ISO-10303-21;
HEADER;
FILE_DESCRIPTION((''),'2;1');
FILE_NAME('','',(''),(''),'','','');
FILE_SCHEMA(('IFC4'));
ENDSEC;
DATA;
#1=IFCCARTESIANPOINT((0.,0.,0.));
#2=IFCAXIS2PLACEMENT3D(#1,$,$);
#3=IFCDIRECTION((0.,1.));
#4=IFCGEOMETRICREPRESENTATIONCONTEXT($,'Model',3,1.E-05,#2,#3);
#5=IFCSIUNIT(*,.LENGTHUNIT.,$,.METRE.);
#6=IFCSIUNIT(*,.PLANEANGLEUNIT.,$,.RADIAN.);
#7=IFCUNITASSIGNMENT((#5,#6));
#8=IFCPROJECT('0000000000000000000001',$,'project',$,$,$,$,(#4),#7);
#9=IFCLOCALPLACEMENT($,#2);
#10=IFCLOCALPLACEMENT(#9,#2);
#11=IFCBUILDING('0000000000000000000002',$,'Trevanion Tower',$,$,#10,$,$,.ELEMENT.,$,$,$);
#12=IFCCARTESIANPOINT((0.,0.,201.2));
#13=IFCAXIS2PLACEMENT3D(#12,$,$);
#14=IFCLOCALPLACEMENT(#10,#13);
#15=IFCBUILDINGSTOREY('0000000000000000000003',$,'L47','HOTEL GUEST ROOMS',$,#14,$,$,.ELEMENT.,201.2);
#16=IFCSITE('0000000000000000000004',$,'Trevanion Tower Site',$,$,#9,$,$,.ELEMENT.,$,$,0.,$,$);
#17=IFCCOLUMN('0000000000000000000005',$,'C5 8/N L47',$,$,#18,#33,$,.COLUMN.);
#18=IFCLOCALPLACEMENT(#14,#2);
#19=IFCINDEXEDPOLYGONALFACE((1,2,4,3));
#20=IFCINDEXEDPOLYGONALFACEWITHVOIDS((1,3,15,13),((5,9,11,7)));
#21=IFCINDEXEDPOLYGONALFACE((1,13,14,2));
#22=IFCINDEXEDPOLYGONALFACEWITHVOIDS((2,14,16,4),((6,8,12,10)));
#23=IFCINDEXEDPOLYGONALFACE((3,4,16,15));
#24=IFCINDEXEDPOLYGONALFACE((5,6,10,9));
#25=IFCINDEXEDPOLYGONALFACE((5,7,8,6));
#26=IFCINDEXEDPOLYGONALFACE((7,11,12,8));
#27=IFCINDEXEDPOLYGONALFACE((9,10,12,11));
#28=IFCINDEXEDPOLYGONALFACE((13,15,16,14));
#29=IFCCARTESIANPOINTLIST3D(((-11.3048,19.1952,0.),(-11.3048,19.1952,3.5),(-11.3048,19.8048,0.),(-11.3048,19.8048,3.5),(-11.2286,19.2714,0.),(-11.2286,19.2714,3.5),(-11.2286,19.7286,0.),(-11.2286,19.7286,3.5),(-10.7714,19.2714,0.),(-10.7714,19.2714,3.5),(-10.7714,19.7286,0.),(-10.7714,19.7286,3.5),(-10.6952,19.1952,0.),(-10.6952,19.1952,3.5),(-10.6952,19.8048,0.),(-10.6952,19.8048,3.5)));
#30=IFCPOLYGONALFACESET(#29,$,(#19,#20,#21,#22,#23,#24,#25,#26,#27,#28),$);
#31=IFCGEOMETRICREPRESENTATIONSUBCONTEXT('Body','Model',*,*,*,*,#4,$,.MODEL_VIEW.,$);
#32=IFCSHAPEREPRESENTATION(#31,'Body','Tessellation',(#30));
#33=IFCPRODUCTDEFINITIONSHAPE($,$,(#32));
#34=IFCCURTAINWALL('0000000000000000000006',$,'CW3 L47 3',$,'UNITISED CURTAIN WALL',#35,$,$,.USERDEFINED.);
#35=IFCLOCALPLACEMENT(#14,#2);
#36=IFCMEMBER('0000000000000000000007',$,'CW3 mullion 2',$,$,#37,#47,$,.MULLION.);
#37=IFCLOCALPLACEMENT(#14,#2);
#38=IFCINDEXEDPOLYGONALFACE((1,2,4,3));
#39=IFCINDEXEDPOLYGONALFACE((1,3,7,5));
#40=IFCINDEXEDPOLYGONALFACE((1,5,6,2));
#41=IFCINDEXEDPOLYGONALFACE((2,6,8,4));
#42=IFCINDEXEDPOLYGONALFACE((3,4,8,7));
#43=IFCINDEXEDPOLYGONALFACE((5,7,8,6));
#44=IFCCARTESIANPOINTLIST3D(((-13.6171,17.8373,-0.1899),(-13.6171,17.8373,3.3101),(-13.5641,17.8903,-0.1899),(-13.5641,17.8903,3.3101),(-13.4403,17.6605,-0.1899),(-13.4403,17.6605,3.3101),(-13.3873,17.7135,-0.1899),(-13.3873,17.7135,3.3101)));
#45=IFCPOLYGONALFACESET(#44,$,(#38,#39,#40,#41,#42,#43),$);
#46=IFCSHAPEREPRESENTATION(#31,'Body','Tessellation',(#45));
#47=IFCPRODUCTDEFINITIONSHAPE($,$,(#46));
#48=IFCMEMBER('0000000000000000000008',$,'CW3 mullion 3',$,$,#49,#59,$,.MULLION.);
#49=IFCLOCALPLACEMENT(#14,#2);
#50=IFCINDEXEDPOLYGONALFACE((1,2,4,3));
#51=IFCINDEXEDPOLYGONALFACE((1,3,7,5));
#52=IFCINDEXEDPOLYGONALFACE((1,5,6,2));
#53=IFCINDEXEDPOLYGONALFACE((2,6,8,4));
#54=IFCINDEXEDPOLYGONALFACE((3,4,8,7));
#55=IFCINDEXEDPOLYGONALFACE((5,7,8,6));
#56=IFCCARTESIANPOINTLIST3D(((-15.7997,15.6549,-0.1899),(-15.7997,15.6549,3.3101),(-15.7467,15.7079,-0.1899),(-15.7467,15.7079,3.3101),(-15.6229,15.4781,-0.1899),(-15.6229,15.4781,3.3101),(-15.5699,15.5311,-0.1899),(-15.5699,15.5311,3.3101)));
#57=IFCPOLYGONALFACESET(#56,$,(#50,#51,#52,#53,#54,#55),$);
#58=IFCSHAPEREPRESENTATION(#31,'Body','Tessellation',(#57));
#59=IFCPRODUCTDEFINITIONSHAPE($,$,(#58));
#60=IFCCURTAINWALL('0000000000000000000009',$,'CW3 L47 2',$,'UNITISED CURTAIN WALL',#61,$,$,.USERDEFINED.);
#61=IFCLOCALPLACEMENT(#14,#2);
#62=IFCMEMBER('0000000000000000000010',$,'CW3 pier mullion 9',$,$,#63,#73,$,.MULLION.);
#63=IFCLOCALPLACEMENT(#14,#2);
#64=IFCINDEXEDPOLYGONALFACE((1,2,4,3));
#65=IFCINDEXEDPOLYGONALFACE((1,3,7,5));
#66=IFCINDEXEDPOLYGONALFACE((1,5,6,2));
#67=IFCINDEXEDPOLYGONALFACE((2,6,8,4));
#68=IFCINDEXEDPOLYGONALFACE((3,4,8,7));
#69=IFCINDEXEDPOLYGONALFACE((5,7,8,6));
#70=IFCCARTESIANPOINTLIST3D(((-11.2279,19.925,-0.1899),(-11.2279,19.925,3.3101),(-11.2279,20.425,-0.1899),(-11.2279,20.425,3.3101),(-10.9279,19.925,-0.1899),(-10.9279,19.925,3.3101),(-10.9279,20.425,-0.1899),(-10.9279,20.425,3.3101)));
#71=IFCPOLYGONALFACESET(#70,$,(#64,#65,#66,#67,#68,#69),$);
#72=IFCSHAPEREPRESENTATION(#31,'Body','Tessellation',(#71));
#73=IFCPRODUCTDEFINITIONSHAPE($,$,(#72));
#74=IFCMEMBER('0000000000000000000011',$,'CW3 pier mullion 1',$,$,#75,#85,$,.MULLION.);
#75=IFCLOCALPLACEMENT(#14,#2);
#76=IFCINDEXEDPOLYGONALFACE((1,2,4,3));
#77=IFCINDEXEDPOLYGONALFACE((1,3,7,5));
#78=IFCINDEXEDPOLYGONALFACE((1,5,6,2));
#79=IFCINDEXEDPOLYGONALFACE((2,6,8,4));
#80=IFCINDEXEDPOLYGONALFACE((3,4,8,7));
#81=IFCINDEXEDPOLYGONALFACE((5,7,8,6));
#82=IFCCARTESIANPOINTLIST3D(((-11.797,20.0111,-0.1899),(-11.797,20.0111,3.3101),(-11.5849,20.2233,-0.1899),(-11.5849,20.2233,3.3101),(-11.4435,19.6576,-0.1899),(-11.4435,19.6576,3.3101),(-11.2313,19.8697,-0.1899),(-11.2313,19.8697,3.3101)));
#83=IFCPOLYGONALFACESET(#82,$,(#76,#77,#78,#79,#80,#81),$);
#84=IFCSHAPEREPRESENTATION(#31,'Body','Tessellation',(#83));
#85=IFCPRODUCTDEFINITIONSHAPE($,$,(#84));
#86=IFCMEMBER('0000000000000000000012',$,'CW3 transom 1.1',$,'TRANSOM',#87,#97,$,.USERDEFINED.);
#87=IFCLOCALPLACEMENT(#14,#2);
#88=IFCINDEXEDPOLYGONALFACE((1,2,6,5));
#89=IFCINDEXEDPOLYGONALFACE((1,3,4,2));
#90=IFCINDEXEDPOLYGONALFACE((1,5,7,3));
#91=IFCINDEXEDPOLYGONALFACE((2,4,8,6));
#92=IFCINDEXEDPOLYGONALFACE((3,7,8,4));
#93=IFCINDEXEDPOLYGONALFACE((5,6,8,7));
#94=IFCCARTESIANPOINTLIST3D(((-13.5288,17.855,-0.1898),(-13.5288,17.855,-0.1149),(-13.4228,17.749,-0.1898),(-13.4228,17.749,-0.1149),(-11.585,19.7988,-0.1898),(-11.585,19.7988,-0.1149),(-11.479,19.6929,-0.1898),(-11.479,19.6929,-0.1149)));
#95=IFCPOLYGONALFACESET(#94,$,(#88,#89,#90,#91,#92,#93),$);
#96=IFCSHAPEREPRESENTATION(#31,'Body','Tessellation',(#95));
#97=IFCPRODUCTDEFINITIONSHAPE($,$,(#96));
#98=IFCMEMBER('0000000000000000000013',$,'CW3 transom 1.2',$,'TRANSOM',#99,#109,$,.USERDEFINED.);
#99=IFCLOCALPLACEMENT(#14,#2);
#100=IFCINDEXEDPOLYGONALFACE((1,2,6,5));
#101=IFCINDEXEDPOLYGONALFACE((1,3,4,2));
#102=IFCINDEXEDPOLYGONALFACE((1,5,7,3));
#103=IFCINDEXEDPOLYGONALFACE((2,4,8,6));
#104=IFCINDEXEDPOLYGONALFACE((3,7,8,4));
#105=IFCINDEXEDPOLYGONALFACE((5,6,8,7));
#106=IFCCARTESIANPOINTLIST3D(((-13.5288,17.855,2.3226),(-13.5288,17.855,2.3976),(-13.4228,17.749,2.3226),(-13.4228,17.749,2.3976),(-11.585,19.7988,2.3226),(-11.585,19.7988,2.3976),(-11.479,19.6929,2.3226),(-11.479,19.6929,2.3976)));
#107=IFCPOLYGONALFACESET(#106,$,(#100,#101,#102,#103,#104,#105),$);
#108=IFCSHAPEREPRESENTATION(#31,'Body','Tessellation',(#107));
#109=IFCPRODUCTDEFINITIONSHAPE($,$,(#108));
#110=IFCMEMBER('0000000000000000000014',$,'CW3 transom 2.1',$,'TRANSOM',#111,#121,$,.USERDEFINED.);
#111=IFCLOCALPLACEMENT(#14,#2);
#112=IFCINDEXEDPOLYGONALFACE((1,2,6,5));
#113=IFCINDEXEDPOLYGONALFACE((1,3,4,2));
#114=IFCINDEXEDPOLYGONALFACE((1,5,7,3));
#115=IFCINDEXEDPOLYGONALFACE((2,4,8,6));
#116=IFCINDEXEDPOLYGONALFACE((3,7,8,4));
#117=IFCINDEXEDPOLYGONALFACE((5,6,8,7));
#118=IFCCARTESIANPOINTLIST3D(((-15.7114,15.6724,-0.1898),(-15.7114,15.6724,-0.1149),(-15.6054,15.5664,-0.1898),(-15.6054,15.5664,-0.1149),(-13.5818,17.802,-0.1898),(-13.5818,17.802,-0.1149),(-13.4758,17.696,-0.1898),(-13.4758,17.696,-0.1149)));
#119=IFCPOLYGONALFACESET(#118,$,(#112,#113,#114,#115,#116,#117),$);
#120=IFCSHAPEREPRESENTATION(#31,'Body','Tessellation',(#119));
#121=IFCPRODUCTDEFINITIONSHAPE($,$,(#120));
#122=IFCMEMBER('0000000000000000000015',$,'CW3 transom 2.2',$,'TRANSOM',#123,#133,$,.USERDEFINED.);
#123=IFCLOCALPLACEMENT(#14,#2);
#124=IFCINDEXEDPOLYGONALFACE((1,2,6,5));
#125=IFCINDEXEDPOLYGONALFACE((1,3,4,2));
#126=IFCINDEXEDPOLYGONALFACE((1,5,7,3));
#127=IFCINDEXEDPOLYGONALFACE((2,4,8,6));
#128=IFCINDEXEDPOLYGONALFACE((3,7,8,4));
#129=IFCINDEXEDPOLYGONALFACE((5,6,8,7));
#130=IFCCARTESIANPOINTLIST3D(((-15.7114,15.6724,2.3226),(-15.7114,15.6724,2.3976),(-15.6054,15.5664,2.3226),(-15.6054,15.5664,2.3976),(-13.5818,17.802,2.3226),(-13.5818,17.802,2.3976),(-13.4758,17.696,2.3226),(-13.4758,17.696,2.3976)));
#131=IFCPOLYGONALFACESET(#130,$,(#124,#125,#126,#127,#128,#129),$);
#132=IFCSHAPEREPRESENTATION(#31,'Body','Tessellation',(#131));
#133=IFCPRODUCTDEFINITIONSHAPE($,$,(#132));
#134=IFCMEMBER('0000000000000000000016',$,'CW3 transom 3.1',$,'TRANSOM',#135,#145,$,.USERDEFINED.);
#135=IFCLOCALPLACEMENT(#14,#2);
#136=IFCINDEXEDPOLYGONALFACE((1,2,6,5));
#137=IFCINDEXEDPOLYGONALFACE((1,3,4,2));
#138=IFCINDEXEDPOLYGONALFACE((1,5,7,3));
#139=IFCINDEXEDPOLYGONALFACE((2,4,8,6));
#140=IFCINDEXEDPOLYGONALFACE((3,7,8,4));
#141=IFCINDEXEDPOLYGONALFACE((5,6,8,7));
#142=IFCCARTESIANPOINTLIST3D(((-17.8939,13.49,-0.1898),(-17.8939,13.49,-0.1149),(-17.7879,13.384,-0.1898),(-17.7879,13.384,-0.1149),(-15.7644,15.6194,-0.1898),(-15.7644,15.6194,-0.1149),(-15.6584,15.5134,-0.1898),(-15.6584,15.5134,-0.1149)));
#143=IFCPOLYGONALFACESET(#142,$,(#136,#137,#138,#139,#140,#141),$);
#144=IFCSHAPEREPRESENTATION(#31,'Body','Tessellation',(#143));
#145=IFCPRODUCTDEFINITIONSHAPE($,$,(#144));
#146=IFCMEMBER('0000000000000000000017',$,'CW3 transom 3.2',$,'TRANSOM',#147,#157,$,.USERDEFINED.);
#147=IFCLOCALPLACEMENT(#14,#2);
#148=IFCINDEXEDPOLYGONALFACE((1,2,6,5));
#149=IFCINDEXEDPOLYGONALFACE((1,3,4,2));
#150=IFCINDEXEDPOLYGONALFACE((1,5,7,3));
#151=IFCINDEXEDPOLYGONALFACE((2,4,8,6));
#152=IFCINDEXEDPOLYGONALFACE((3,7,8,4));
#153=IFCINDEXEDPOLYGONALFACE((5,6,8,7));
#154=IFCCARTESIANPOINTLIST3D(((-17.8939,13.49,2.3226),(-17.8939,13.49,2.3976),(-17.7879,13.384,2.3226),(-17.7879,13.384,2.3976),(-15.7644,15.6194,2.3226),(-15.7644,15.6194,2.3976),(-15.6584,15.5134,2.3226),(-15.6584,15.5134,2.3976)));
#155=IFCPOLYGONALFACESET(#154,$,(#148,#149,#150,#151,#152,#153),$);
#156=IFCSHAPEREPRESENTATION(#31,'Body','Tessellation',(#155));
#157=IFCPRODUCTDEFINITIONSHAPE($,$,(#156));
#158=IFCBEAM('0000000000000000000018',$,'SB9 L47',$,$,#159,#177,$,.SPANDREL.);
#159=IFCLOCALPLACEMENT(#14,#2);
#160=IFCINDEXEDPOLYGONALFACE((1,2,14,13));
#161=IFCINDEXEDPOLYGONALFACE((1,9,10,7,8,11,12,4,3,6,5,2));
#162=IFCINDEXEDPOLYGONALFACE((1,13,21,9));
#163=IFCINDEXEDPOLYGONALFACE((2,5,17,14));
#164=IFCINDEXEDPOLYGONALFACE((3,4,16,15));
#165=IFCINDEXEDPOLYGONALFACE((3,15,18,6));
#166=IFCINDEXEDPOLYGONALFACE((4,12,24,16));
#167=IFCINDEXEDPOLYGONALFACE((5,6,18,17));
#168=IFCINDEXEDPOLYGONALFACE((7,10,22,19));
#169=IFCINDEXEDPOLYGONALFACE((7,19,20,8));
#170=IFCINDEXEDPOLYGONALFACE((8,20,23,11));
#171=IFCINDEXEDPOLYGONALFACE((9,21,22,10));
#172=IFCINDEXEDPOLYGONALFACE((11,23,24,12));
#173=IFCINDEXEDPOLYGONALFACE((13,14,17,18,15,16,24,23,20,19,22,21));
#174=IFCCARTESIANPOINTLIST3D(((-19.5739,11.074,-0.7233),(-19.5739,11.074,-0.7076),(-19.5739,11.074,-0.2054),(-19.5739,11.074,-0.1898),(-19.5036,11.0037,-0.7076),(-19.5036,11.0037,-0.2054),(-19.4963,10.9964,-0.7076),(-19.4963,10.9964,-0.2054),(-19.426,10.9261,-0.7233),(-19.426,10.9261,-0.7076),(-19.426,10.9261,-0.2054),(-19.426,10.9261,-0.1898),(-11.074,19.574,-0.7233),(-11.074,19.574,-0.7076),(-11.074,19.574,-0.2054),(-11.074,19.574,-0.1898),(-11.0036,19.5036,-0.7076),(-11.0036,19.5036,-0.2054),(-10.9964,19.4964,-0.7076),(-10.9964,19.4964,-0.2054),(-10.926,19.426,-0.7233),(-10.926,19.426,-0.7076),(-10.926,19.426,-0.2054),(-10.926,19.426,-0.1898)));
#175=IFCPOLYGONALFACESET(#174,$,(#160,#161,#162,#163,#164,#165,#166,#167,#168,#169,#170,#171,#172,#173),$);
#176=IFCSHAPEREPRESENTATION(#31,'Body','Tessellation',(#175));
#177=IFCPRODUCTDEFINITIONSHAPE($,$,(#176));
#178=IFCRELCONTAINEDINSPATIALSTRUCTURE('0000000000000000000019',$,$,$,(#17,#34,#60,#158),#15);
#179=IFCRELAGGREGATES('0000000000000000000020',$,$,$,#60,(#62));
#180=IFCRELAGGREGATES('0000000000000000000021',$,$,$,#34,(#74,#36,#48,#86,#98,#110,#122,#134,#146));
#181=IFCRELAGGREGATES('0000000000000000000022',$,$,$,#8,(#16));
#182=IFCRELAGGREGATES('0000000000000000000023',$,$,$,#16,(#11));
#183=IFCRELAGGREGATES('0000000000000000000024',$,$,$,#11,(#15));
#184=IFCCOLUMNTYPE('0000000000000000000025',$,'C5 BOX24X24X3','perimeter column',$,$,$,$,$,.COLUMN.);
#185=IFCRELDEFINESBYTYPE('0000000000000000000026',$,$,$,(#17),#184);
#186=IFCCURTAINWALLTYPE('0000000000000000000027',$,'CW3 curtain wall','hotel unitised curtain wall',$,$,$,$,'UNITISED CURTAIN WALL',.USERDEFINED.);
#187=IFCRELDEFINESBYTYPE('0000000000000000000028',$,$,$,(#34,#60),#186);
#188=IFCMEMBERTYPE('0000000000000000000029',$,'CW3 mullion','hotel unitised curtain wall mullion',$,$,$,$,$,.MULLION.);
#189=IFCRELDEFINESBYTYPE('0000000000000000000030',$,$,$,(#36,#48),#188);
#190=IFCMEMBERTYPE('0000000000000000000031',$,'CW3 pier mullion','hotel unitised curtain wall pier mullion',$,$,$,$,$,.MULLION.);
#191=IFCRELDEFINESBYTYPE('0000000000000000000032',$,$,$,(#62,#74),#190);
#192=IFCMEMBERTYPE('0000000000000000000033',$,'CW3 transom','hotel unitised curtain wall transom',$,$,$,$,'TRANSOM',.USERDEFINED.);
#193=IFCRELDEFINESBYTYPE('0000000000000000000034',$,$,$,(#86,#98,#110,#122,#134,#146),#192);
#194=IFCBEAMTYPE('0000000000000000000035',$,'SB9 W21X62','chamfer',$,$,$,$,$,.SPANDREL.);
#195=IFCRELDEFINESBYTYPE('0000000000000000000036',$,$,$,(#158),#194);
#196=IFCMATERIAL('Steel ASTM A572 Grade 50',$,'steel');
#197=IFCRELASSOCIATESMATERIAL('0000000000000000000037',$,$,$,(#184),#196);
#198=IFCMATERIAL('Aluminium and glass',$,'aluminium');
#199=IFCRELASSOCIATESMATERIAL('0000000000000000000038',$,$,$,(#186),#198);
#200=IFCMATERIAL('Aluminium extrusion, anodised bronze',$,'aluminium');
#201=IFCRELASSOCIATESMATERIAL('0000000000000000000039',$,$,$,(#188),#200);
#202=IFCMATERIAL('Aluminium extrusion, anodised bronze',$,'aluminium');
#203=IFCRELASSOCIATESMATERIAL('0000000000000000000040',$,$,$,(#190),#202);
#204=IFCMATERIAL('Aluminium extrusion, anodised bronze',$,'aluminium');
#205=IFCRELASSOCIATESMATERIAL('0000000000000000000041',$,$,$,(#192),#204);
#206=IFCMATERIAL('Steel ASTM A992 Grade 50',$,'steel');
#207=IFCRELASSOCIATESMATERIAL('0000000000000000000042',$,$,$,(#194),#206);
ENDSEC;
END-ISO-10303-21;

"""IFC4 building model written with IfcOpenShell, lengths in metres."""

from ifc_helpers import new_model, si_unit, direction, frame, origin, origin_2d, place, context, subcontext, project, spatial, rectangle, hollow_rectangle, i_section, extrude, material, material_profile, profile_set, type_object, element, aggregate, save


model = new_model("IFC4")

# Units and contexts
model_context = context("Model", 3, precision=1e-05, world=origin(), true_north=direction((0.0, 1.0)))
body_context = subcontext(model_context, "Body", "Model", "MODEL_VIEW")
ifc_project = project(units=[si_unit("LENGTHUNIT", "METRE"), si_unit("PLANEANGLEUNIT", "RADIAN")], contexts=[model_context])

# Site, building, storey
site_placement = place(None, origin())
site = spatial("IfcSite", under=ifc_project, at=site_placement, Name="Trevanion Tower Site", CompositionType="ELEMENT", RefElevation=0.0)
building_placement = place(site_placement, origin())
building = spatial("IfcBuilding", under=site, at=building_placement, Name="Trevanion Tower", CompositionType="ELEMENT")
storey_placement = place(building_placement, frame((0.0, 0.0, 201.2)))
storey = spatial("IfcBuildingStorey", under=building, at=storey_placement, Name="L47", Description="HOTEL GUEST ROOMS", CompositionType="ELEMENT", Elevation=201.2)

# Column
ifc_material_1 = material(Name="Steel ASTM A572 Grade 50", Category="steel")
ifc_material_profile_1 = material_profile(ifc_material_1, hollow_rectangle(XDim=0.6096, YDim=0.6096, WallThickness=0.0762, at=origin_2d()), Name="BOX24X24X3")
ifc_profile_set_1 = profile_set([ifc_material_profile_1], Name="Steel ASTM A572 Grade 50")
column_type = type_object("IfcColumnType", Name="C5 BOX24X24X3", Description="perimeter column", PredefinedType="COLUMN", material=ifc_profile_set_1)
column_placement = place(storey_placement, frame((-11.0, 19.5, 0.0), z_axis=(0.0, 0.0, 1.0), x_axis=(1.0, 0.0, 0.0)))
element("IfcColumn", 1, at=column_placement, inside=storey, type_object=column_type, Name="C5 8/N L47", PredefinedType="COLUMN", context=body_context, shape_type="SweptSolid", body=[
    extrude(hollow_rectangle(XDim=0.6096, YDim=0.6096, WallThickness=0.0762, at=origin_2d()), origin(), (0.0, 0.0, 1.0), 3.5),
])

# Curtain wall, members
ifc_material_2 = material(Name="Aluminium and glass", Category="aluminium")
curtain_wall_type = type_object("IfcCurtainWallType", Name="CW3 curtain wall", Description="hotel unitised curtain wall", ElementType="UNITISED CURTAIN WALL", PredefinedType="USERDEFINED", material=ifc_material_2)
curtain_wall_1_placement = place(storey_placement, origin())
curtain_wall_1 = element("IfcCurtainWall", 2, at=curtain_wall_1_placement, inside=storey, type_object=curtain_wall_type, Name="CW3 L47 3", ObjectType="UNITISED CURTAIN WALL", PredefinedType="USERDEFINED")
ifc_material_3 = material(Name="Aluminium extrusion, anodised bronze", Category="aluminium")
ifc_material_profile_2 = material_profile(ifc_material_3, rectangle(XDim=0.075, YDim=0.25, at=origin_2d()), Name="CW3 mullion")
ifc_profile_set_2 = profile_set([ifc_material_profile_2], Name="Aluminium extrusion, anodised bronze")
member_type_1 = type_object("IfcMemberType", Name="CW3 mullion", Description="hotel unitised curtain wall mullion", PredefinedType="MULLION", material=ifc_profile_set_2)
member_1_placement = place(storey_placement, frame((-13.5022, 17.7754, -0.1899), z_axis=(0.0, 0.0, 1.0), x_axis=(-0.707107, -0.707107, 0.0)))
member_1 = element("IfcMember", 3, at=member_1_placement, type_object=member_type_1, Name="CW3 mullion 2", PredefinedType="MULLION", context=body_context, shape_type="SweptSolid", body=[
    extrude(rectangle(XDim=0.075, YDim=0.25, at=origin_2d()), origin(), (0.0, 0.0, 1.0), 3.5),
])
member_2_placement = place(storey_placement, frame((-15.6848, 15.593, -0.1899), z_axis=(0.0, 0.0, 1.0), x_axis=(-0.707107, -0.707107, 0.0)))
member_2 = element("IfcMember", 4, at=member_2_placement, type_object=member_type_1, Name="CW3 mullion 3", PredefinedType="MULLION", context=body_context, shape_type="SweptSolid", body=[
    extrude(rectangle(XDim=0.075, YDim=0.25, at=origin_2d()), origin(), (0.0, 0.0, 1.0), 3.5),
])

# Curtain wall, member
curtain_wall_2_placement = place(storey_placement, origin())
curtain_wall_2 = element("IfcCurtainWall", 5, at=curtain_wall_2_placement, inside=storey, type_object=curtain_wall_type, Name="CW3 L47 2", ObjectType="UNITISED CURTAIN WALL", PredefinedType="USERDEFINED")
ifc_material_4 = material(Name="Aluminium extrusion, anodised bronze", Category="aluminium")
ifc_material_profile_3 = material_profile(ifc_material_4, rectangle(XDim=0.3, YDim=0.5, at=origin_2d()), Name="CW3 pier mullion")
ifc_profile_set_3 = profile_set([ifc_material_profile_3], Name="Aluminium extrusion, anodised bronze")
member_type_2 = type_object("IfcMemberType", Name="CW3 pier mullion", Description="hotel unitised curtain wall pier mullion", PredefinedType="MULLION", material=ifc_profile_set_3)
member_3_placement = place(storey_placement, frame((-11.0779, 20.175, -0.1899), z_axis=(0.0, 0.0, 1.0), x_axis=(-1.0, 0.0, 0.0)))
member_3 = element("IfcMember", 6, at=member_3_placement, type_object=member_type_2, Name="CW3 pier mullion 9", PredefinedType="MULLION", context=body_context, shape_type="SweptSolid", body=[
    extrude(rectangle(XDim=0.3, YDim=0.5, at=origin_2d()), origin(), (0.0, 0.0, 1.0), 3.5),
])
aggregate(curtain_wall_2, [member_3])

# Members
member_4_placement = place(storey_placement, frame((-11.5142, 19.9404, -0.1899), z_axis=(0.0, 0.0, 1.0), x_axis=(-0.707107, -0.707107, 0.0)))
member_4 = element("IfcMember", 7, at=member_4_placement, type_object=member_type_2, Name="CW3 pier mullion 1", PredefinedType="MULLION", context=body_context, shape_type="SweptSolid", body=[
    extrude(rectangle(XDim=0.3, YDim=0.5, at=origin_2d()), origin(), (0.0, 0.0, 1.0), 3.5),
])
ifc_material_5 = material(Name="Aluminium extrusion, anodised bronze", Category="aluminium")
ifc_material_profile_4 = material_profile(ifc_material_5, rectangle(XDim=0.1499, YDim=0.075, at=origin_2d()), Name="CW3 transom")
ifc_profile_set_4 = profile_set([ifc_material_profile_4], Name="Aluminium extrusion, anodised bronze")
member_type_3 = type_object("IfcMemberType", Name="CW3 transom", Description="hotel unitised curtain wall transom", ElementType="TRANSOM", PredefinedType="USERDEFINED", material=ifc_profile_set_4)
member_5_placement = place(storey_placement, frame((-11.532, 19.7458, -0.1523), z_axis=(-0.707107, -0.707107, 0.0), x_axis=(0.707107, -0.707107, 0.0)))
member_5 = element("IfcMember", 8, at=member_5_placement, type_object=member_type_3, Name="CW3 transom 1.1", ObjectType="TRANSOM", PredefinedType="USERDEFINED", context=body_context, shape_type="SweptSolid", body=[
    extrude(rectangle(XDim=0.1499, YDim=0.075, at=origin_2d()), origin(), (0.0, 0.0, 1.0), 2.749),
])
member_6_placement = place(storey_placement, frame((-11.532, 19.7458, 2.3601), z_axis=(-0.707107, -0.707107, 0.0), x_axis=(0.707107, -0.707107, 0.0)))
member_6 = element("IfcMember", 9, at=member_6_placement, type_object=member_type_3, Name="CW3 transom 1.2", ObjectType="TRANSOM", PredefinedType="USERDEFINED", context=body_context, shape_type="SweptSolid", body=[
    extrude(rectangle(XDim=0.1499, YDim=0.075, at=origin_2d()), origin(), (0.0, 0.0, 1.0), 2.749),
])
member_7_placement = place(storey_placement, frame((-13.5288, 17.749, -0.1523), z_axis=(-0.707107, -0.707107, 0.0), x_axis=(0.707107, -0.707107, 0.0)))
member_7 = element("IfcMember", 10, at=member_7_placement, type_object=member_type_3, Name="CW3 transom 2.1", ObjectType="TRANSOM", PredefinedType="USERDEFINED", context=body_context, shape_type="SweptSolid", body=[
    extrude(rectangle(XDim=0.1499, YDim=0.075, at=origin_2d()), origin(), (0.0, 0.0, 1.0), 3.0117),
])
member_8_placement = place(storey_placement, frame((-13.5288, 17.749, 2.3601), z_axis=(-0.707107, -0.707107, 0.0), x_axis=(0.707107, -0.707107, 0.0)))
member_8 = element("IfcMember", 11, at=member_8_placement, type_object=member_type_3, Name="CW3 transom 2.2", ObjectType="TRANSOM", PredefinedType="USERDEFINED", context=body_context, shape_type="SweptSolid", body=[
    extrude(rectangle(XDim=0.1499, YDim=0.075, at=origin_2d()), origin(), (0.0, 0.0, 1.0), 3.0117),
])
member_9_placement = place(storey_placement, frame((-15.7114, 15.5664, -0.1523), z_axis=(-0.707107, -0.707107, 0.0), x_axis=(0.707107, -0.707107, 0.0)))
member_9 = element("IfcMember", 12, at=member_9_placement, type_object=member_type_3, Name="CW3 transom 3.1", ObjectType="TRANSOM", PredefinedType="USERDEFINED", context=body_context, shape_type="SweptSolid", body=[
    extrude(rectangle(XDim=0.1499, YDim=0.075, at=origin_2d()), origin(), (0.0, 0.0, 1.0), 3.0115),
])
member_10_placement = place(storey_placement, frame((-15.7114, 15.5664, 2.3601), z_axis=(-0.707107, -0.707107, 0.0), x_axis=(0.707107, -0.707107, 0.0)))
member_10 = element("IfcMember", 13, at=member_10_placement, type_object=member_type_3, Name="CW3 transom 3.2", ObjectType="TRANSOM", PredefinedType="USERDEFINED", context=body_context, shape_type="SweptSolid", body=[
    extrude(rectangle(XDim=0.1499, YDim=0.075, at=origin_2d()), origin(), (0.0, 0.0, 1.0), 3.0115),
])

# Beam
ifc_material_6 = material(Name="Steel ASTM A992 Grade 50", Category="steel")
ifc_material_profile_5 = material_profile(ifc_material_6, i_section(OverallWidth=0.2092, OverallDepth=0.5334, WebThickness=0.0103, FlangeThickness=0.0156, at=origin_2d()), Name="W21X62")
ifc_profile_set_5 = profile_set([ifc_material_profile_5], Name="Steel ASTM A992 Grade 50")
beam_type = type_object("IfcBeamType", Name="SB9 W21X62", Description="chamfer", PredefinedType="SPANDREL", material=ifc_profile_set_5)
beam_placement = place(storey_placement, frame((-11.0, 19.5, -0.4565), z_axis=(-0.707107, -0.707107, 0.0), x_axis=(0.707107, -0.707107, 0.0)))
element("IfcBeam", 14, at=beam_placement, inside=storey, type_object=beam_type, Name="SB9 L47", PredefinedType="SPANDREL", context=body_context, shape_type="SweptSolid", body=[
    extrude(i_section(OverallWidth=0.2092, OverallDepth=0.5334, WebThickness=0.0103, FlangeThickness=0.0156, at=origin_2d()), origin(), (0.0, 0.0, 1.0), 12.0208),
])

aggregate(curtain_wall_1, [member_4, member_1, member_2, member_5, member_6, member_7, member_8, member_9, member_10])

save(model, "model.ifc")
